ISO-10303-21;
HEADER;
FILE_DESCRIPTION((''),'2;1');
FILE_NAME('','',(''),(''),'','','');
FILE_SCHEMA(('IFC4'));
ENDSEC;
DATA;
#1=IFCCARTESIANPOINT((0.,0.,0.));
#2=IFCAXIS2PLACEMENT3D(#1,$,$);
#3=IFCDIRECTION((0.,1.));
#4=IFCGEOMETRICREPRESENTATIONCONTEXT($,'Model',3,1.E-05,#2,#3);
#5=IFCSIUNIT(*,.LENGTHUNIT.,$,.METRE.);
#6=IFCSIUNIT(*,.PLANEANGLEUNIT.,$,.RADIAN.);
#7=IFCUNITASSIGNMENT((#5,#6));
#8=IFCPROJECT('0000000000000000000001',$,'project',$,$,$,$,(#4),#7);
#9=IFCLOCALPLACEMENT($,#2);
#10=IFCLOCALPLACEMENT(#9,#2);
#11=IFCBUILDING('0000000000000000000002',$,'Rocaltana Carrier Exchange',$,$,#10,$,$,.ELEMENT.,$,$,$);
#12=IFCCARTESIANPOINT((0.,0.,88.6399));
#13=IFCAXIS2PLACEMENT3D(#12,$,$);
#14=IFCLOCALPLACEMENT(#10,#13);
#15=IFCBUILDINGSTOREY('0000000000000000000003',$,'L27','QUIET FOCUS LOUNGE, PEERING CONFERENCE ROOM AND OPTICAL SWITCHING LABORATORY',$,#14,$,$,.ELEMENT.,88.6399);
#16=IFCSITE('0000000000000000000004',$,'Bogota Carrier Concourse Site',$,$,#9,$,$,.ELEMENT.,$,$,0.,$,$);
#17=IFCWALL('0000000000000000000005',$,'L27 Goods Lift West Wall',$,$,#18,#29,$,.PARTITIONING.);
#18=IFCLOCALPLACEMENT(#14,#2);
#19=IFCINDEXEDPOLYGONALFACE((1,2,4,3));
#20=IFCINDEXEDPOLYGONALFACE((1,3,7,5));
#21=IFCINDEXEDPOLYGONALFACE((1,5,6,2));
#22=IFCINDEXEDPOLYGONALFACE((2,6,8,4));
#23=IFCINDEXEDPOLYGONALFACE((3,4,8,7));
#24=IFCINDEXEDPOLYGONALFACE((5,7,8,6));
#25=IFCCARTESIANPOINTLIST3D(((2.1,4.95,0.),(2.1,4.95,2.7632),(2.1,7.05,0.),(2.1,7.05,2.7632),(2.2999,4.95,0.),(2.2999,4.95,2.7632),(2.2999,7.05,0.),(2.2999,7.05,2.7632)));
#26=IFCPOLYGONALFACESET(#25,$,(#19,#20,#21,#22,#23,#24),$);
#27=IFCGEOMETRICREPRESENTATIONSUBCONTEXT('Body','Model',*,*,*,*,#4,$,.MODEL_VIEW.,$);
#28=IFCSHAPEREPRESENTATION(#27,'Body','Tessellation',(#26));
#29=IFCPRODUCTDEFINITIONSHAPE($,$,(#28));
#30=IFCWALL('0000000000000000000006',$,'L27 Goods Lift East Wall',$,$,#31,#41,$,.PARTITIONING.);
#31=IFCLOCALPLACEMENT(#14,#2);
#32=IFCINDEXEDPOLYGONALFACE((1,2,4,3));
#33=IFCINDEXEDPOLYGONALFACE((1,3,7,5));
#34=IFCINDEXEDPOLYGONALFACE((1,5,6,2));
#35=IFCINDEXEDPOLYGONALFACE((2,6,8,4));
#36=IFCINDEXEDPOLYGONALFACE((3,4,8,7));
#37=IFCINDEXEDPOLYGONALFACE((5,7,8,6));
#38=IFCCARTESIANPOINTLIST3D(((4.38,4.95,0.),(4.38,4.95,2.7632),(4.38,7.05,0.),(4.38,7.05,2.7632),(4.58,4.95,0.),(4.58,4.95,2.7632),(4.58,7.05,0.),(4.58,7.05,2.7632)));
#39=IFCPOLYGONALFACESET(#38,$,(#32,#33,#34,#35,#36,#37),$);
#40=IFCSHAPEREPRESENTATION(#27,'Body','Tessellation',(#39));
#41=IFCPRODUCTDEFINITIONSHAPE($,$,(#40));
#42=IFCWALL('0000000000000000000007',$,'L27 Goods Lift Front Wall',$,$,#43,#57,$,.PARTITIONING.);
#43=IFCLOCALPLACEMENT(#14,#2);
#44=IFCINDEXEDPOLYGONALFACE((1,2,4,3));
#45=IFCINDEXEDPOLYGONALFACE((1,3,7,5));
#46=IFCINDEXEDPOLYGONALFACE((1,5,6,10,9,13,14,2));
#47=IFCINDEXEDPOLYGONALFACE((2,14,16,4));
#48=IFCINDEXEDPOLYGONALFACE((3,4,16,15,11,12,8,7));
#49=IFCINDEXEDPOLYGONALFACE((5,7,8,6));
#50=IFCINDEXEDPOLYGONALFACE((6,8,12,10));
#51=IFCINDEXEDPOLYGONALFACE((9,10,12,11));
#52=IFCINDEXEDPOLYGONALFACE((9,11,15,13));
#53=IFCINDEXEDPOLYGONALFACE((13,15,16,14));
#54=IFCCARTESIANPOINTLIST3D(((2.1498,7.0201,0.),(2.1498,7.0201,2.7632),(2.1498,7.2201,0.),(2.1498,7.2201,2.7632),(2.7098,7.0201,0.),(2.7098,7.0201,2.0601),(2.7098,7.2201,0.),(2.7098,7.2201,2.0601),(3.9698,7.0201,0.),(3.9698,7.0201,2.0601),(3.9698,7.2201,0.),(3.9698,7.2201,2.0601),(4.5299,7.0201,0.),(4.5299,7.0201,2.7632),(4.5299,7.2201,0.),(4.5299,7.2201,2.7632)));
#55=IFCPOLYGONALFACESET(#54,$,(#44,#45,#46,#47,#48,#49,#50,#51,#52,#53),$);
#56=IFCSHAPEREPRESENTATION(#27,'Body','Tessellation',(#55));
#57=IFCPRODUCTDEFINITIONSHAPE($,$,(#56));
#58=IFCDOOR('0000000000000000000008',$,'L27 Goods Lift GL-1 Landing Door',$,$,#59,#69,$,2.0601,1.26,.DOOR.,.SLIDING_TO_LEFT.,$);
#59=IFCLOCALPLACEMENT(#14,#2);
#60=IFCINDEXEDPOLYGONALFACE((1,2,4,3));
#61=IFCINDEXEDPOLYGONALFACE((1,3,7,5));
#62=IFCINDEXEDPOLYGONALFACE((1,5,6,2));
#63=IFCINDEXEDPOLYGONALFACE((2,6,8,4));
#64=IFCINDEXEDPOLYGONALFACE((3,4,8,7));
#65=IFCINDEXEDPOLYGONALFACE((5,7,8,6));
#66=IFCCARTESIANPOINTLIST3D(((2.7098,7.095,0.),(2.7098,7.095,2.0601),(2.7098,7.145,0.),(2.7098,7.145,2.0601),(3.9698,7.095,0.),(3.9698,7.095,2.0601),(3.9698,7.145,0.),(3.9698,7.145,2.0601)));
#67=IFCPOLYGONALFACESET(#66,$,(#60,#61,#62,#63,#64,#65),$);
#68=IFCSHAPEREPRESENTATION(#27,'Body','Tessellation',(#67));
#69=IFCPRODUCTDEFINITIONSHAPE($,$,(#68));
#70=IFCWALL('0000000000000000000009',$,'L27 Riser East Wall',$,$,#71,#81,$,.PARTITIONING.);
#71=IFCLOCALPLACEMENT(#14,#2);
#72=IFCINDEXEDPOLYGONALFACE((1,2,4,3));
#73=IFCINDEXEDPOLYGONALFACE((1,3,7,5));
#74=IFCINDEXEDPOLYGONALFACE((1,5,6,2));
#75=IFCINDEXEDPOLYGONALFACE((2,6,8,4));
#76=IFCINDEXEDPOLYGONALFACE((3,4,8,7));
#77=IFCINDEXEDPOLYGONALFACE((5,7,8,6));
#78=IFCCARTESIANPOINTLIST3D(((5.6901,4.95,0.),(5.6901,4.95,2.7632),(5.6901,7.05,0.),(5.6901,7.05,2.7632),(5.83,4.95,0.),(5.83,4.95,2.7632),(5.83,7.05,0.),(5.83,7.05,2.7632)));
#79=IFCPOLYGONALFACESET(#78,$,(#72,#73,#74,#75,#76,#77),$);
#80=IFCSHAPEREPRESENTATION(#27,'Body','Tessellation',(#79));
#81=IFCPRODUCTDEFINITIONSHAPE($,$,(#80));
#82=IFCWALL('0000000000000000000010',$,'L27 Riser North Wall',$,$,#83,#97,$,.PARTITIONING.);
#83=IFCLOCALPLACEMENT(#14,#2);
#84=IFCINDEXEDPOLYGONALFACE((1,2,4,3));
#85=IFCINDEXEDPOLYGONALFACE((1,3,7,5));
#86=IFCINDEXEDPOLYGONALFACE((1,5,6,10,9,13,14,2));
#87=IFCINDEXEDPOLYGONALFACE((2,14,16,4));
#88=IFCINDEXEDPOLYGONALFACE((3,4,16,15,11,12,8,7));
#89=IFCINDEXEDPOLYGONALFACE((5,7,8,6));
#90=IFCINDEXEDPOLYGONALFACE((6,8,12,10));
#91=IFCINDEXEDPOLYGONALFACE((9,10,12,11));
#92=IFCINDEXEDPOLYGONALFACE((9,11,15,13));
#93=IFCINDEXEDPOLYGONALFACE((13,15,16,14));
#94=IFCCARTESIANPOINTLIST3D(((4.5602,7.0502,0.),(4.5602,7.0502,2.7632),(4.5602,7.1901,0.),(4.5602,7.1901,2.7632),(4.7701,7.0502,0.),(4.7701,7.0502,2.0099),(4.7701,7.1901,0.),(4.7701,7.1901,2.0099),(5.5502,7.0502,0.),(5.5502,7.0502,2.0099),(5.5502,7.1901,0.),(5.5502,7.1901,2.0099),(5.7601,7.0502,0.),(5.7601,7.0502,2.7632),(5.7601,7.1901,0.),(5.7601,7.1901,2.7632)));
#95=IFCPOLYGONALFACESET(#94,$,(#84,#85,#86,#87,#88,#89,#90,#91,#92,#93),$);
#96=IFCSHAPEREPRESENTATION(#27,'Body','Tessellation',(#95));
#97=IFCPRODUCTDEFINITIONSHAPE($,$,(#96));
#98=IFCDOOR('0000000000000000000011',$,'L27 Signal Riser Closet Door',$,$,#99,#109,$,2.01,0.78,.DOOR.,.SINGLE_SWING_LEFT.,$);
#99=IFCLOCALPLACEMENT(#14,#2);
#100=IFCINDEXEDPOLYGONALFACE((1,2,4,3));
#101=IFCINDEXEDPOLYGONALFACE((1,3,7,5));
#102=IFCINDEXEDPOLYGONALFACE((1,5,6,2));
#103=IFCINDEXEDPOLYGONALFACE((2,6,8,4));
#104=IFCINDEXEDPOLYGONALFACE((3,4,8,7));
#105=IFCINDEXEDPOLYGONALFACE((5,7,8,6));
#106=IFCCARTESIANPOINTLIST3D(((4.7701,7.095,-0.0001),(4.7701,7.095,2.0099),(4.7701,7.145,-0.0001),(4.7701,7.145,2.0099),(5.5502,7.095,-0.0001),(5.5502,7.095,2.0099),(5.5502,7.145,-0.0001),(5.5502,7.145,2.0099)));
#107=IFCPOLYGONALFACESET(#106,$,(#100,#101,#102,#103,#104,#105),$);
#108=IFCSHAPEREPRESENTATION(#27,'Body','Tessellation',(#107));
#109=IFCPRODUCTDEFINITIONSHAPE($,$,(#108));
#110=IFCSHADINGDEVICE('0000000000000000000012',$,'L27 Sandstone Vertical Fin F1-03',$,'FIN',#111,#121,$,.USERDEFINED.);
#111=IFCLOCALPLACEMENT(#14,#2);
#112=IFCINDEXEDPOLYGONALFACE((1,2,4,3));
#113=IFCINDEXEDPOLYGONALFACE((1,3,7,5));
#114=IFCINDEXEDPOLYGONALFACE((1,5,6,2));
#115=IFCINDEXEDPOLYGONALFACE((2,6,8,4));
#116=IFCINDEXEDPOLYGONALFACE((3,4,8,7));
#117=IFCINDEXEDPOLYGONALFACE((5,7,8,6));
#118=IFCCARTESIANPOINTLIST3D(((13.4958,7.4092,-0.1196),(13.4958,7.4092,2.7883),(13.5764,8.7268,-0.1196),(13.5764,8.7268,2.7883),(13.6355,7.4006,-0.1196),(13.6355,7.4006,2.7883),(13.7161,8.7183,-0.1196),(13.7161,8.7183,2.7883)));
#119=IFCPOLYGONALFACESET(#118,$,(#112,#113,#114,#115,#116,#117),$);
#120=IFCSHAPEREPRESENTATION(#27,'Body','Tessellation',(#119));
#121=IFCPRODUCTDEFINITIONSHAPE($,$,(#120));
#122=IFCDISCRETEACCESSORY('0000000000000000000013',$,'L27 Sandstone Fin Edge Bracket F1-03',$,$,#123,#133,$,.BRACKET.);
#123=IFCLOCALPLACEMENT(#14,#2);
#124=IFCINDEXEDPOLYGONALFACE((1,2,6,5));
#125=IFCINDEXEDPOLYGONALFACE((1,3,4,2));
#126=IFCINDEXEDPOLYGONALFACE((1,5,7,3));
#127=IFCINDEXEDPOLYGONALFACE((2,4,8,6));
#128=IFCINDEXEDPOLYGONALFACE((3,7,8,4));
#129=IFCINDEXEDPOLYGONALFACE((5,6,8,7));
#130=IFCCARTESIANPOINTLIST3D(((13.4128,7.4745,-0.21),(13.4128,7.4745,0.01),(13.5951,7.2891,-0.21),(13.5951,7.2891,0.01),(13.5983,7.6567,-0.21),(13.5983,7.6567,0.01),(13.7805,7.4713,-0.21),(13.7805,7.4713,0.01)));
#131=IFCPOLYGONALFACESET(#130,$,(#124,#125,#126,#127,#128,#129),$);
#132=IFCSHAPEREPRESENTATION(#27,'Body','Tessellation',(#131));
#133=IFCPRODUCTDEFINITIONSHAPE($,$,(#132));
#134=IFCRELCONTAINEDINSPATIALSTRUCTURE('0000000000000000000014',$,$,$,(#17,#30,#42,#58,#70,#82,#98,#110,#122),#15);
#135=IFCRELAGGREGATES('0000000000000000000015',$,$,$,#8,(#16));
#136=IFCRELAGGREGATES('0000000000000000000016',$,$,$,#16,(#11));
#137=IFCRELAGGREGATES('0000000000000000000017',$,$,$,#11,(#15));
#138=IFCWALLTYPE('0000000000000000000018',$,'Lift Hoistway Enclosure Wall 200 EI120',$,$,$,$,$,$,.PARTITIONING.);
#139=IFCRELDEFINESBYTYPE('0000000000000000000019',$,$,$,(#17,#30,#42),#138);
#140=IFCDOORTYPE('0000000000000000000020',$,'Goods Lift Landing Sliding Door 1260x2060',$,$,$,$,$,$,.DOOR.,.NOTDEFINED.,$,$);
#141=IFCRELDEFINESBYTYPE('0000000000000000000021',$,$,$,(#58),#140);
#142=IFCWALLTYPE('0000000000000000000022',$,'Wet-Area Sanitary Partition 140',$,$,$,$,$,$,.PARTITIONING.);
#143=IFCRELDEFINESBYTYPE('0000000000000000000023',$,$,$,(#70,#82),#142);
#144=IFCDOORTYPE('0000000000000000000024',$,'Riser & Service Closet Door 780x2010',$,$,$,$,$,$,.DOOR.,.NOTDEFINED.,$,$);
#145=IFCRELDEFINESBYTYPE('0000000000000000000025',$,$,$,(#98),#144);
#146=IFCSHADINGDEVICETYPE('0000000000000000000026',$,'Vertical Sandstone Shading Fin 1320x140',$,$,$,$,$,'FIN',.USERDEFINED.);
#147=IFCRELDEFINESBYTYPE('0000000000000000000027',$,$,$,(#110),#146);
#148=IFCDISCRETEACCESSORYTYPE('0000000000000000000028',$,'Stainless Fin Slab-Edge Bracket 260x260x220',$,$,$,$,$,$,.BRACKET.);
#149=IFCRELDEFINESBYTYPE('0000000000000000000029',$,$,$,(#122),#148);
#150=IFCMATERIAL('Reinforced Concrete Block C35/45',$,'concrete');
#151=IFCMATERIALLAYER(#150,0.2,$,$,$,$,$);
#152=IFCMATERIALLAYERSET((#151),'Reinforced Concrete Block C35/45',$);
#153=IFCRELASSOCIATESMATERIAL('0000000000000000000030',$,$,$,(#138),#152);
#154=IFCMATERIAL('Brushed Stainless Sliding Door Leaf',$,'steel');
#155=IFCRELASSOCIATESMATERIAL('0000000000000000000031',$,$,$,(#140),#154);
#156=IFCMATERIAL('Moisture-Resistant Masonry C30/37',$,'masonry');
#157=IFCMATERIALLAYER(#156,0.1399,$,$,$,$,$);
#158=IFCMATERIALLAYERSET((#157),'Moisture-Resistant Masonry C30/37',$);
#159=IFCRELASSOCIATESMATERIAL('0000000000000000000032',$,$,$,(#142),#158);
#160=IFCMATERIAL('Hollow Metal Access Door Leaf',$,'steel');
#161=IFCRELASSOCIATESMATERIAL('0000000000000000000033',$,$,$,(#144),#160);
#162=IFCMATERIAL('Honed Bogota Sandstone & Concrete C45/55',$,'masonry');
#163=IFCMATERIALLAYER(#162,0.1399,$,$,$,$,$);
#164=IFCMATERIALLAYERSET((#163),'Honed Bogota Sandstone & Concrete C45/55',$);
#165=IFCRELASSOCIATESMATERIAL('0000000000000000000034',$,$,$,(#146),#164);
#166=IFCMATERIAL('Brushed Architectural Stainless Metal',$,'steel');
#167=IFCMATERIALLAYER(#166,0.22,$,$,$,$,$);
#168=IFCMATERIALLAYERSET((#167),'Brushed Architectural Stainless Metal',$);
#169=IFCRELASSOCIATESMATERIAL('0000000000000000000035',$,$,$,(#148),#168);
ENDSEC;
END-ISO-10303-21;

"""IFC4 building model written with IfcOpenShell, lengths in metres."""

from ifc_helpers import new_model, si_unit, direction, frame, frame_2d, origin, origin_2d, place, context, subcontext, project, spatial, rectangle, extrude, material, layer, layer_set, type_object, element, fill, save


model = new_model("IFC4")

# Units and contexts
model_context = context("Model", 3, precision=1e-05, world=origin(), true_north=direction((0.0, 1.0)))
body_context = subcontext(model_context, "Body", "Model", "MODEL_VIEW")
ifc_project = project(units=[si_unit("LENGTHUNIT", "METRE"), si_unit("PLANEANGLEUNIT", "RADIAN")], contexts=[model_context])

# Site, building, storey
site_placement = place(None, origin())
site = spatial("IfcSite", under=ifc_project, at=site_placement, Name="Bogota Carrier Concourse Site", CompositionType="ELEMENT", RefElevation=0.0)
building_placement = place(site_placement, origin())
building = spatial("IfcBuilding", under=site, at=building_placement, Name="Rocaltana Carrier Exchange", CompositionType="ELEMENT")
storey_placement = place(building_placement, frame((0.0, 0.0, 88.6399)))
storey = spatial("IfcBuildingStorey", under=building, at=storey_placement, Name="L27", Description="QUIET FOCUS LOUNGE, PEERING CONFERENCE ROOM AND OPTICAL SWITCHING LABORATORY", CompositionType="ELEMENT", Elevation=88.6399)

# Walls
ifc_material_1 = material(Name="Reinforced Concrete Block C35/45", Category="concrete")
ifc_layer_1 = layer(ifc_material_1, 0.2)
ifc_layer_set_1 = layer_set([ifc_layer_1], Name="Reinforced Concrete Block C35/45")
wall_type_1 = type_object("IfcWallType", Name="Lift Hoistway Enclosure Wall 200 EI120", PredefinedType="PARTITIONING", material=ifc_layer_set_1)
for number, where, z_axis, x_axis, name in (
    (1, (2.2, 4.95, 0.0), (0.0, 0.0, 1.0), (0.0, 1.0, 0.0), "L27 Goods Lift West Wall"),
    (2, (4.48, 4.95, 0.0), (0.0, 0.0, 1.0), (0.0, 1.0, 0.0), "L27 Goods Lift East Wall"),
):
    element("IfcWall", number, at=place(storey_placement, frame(where, z_axis=z_axis, x_axis=x_axis)), inside=storey, type_object=wall_type_1, Name=name, PredefinedType="PARTITIONING", context=body_context, shape_type="SweptSolid", body=[
        extrude(rectangle(XDim=2.1001, YDim=0.2, at=frame_2d((1.05, 0.0))), origin(), (0.0, 0.0, 1.0), 2.7632),
    ])

# Wall, opening, door
wall_1_placement = place(storey_placement, frame((2.1499, 7.1201, 0.0), z_axis=(0.0, 0.0, 1.0), x_axis=(1.0, 0.0, 0.0)))
wall_1 = element("IfcWall", 3, at=wall_1_placement, inside=storey, type_object=wall_type_1, Name="L27 Goods Lift Front Wall", PredefinedType="PARTITIONING", context=body_context, shape_type="SweptSolid", body=[
    extrude(rectangle(XDim=2.3801, YDim=0.2, at=frame_2d((1.1899, 0.0))), origin(), (0.0, 0.0, 1.0), 2.7632),
])
opening_1_placement = place(wall_1_placement, frame((0.5601, 0.0, 0.0)))
opening_1 = element("IfcOpeningElement", 4, at=opening_1_placement, cuts=wall_1, PredefinedType="OPENING", context=body_context, shape_type="SweptSolid", body=[
    extrude(rectangle(XDim=1.26, YDim=2.0601, at=frame_2d((0.6299, 1.03))), frame((0.0, 0.1099, 0.0), z_axis=(0.0, -1.0, 0.0), x_axis=(1.0, 0.0, 0.0)), (0.0, 0.0, 1.0), 0.22),
])
ifc_material_2 = material(Name="Brushed Stainless Sliding Door Leaf", Category="steel")
door_type_1 = type_object("IfcDoorType", Name="Goods Lift Landing Sliding Door 1260x2060", OperationType="NOTDEFINED", PredefinedType="DOOR", material=ifc_material_2)
door_1_placement = place(opening_1_placement, origin())
door_1 = element("IfcDoor", 5, at=door_1_placement, inside=storey, type_object=door_type_1, Name="L27 Goods Lift GL-1 Landing Door", OperationType="SLIDING_TO_LEFT", OverallHeight=2.0601, OverallWidth=1.26, PredefinedType="DOOR", context=body_context, shape_type="SweptSolid", body=[
    extrude(rectangle(XDim=1.26, YDim=2.0601, at=frame_2d((0.6299, 1.03))), frame((0.0, 0.0249, 0.0), z_axis=(0.0, -1.0, 0.0), x_axis=(1.0, 0.0, 0.0)), (0.0, 0.0, 1.0), 0.05),
])
fill(opening_1, door_1)

# Wall
ifc_material_3 = material(Name="Moisture-Resistant Masonry C30/37", Category="masonry")
ifc_layer_2 = layer(ifc_material_3, 0.1399)
ifc_layer_set_2 = layer_set([ifc_layer_2], Name="Moisture-Resistant Masonry C30/37")
wall_type_2 = type_object("IfcWallType", Name="Wet-Area Sanitary Partition 140", PredefinedType="PARTITIONING", material=ifc_layer_set_2)
wall_2_placement = place(storey_placement, frame((5.76, 4.95, 0.0), z_axis=(0.0, 0.0, 1.0), x_axis=(0.0, 1.0, 0.0)))
element("IfcWall", 6, at=wall_2_placement, inside=storey, type_object=wall_type_2, Name="L27 Riser East Wall", PredefinedType="PARTITIONING", context=body_context, shape_type="SweptSolid", body=[
    extrude(rectangle(XDim=2.1001, YDim=0.1399, at=frame_2d((1.05, 0.0))), origin(), (0.0, 0.0, 1.0), 2.7632),
])

# Wall, opening, door
wall_3_placement = place(storey_placement, frame((4.5601, 7.1201, 0.0), z_axis=(0.0, 0.0, 1.0), x_axis=(1.0, 0.0, 0.0)))
wall_3 = element("IfcWall", 7, at=wall_3_placement, inside=storey, type_object=wall_type_2, Name="L27 Riser North Wall", PredefinedType="PARTITIONING", context=body_context, shape_type="SweptSolid", body=[
    extrude(rectangle(XDim=1.2, YDim=0.1399, at=frame_2d((0.6001, 0.0))), origin(), (0.0, 0.0, 1.0), 2.7632),
])
opening_2_placement = place(wall_3_placement, frame((0.21, 0.0, 0.0)))
opening_2 = element("IfcOpeningElement", 8, at=opening_2_placement, cuts=wall_3, PredefinedType="OPENING", context=body_context, shape_type="SweptSolid", body=[
    extrude(rectangle(XDim=0.78, YDim=2.01, at=frame_2d((0.3901, 1.0049))), frame((0.0, 0.0798, 0.0), z_axis=(0.0, -1.0, 0.0), x_axis=(1.0, 0.0, 0.0)), (0.0, 0.0, 1.0), 0.1599),
])
ifc_material_4 = material(Name="Hollow Metal Access Door Leaf", Category="steel")
door_type_2 = type_object("IfcDoorType", Name="Riser & Service Closet Door 780x2010", OperationType="NOTDEFINED", PredefinedType="DOOR", material=ifc_material_4)
door_2_placement = place(opening_2_placement, origin())
door_2 = element("IfcDoor", 9, at=door_2_placement, inside=storey, type_object=door_type_2, Name="L27 Signal Riser Closet Door", OperationType="SINGLE_SWING_LEFT", OverallHeight=2.01, OverallWidth=0.78, PredefinedType="DOOR", context=body_context, shape_type="SweptSolid", body=[
    extrude(rectangle(XDim=0.78, YDim=2.01, at=frame_2d((0.3901, 1.0049))), frame((0.0, 0.0249, 0.0), z_axis=(0.0, -1.0, 0.0), x_axis=(1.0, 0.0, 0.0)), (0.0, 0.0, 1.0), 0.05),
])
fill(opening_2, door_2)

# Shading device
ifc_material_5 = material(Name="Honed Bogota Sandstone & Concrete C45/55", Category="masonry")
ifc_layer_3 = layer(ifc_material_5, 0.1399)
ifc_layer_set_3 = layer_set([ifc_layer_3], Name="Honed Bogota Sandstone & Concrete C45/55")
shading_device_type = type_object("IfcShadingDeviceType", Name="Vertical Sandstone Shading Fin 1320x140", ElementType="FIN", PredefinedType="USERDEFINED", material=ifc_layer_set_3)
shading_device_placement = place(storey_placement, frame((13.606, 8.0637, -0.1196), z_axis=(0.0, 0.0, 1.0), x_axis=(0.061049, 0.998135, 0.0)))
element("IfcShadingDevice", 10, at=shading_device_placement, inside=storey, type_object=shading_device_type, Name="L27 Sandstone Vertical Fin F1-03", ObjectType="FIN", PredefinedType="USERDEFINED", context=body_context, shape_type="SweptSolid", body=[
    extrude(rectangle(XDim=1.3201, YDim=0.1399, at=origin_2d()), origin(), (0.0, 0.0, 1.0), 2.908),
])

# Discrete accessory
ifc_material_6 = material(Name="Brushed Architectural Stainless Metal", Category="steel")
ifc_layer_4 = layer(ifc_material_6, 0.22)
ifc_layer_set_4 = layer_set([ifc_layer_4], Name="Brushed Architectural Stainless Metal")
discrete_accessory_type = type_object("IfcDiscreteAccessoryType", Name="Stainless Fin Slab-Edge Bracket 260x260x220", PredefinedType="BRACKET", material=ifc_layer_set_4)
discrete_accessory_placement = place(storey_placement, frame((13.5967, 7.4729, -0.21), z_axis=(0.0, 0.0, 1.0), x_axis=(-0.700909, 0.71325, 0.0)))
element("IfcDiscreteAccessory", 11, at=discrete_accessory_placement, inside=storey, type_object=discrete_accessory_type, Name="L27 Sandstone Fin Edge Bracket F1-03", PredefinedType="BRACKET", context=body_context, shape_type="SweptSolid", body=[
    extrude(rectangle(XDim=0.26, YDim=0.26, at=origin_2d()), origin(), (0.0, 0.0, 1.0), 0.22),
])

save(model, "model.ifc")
